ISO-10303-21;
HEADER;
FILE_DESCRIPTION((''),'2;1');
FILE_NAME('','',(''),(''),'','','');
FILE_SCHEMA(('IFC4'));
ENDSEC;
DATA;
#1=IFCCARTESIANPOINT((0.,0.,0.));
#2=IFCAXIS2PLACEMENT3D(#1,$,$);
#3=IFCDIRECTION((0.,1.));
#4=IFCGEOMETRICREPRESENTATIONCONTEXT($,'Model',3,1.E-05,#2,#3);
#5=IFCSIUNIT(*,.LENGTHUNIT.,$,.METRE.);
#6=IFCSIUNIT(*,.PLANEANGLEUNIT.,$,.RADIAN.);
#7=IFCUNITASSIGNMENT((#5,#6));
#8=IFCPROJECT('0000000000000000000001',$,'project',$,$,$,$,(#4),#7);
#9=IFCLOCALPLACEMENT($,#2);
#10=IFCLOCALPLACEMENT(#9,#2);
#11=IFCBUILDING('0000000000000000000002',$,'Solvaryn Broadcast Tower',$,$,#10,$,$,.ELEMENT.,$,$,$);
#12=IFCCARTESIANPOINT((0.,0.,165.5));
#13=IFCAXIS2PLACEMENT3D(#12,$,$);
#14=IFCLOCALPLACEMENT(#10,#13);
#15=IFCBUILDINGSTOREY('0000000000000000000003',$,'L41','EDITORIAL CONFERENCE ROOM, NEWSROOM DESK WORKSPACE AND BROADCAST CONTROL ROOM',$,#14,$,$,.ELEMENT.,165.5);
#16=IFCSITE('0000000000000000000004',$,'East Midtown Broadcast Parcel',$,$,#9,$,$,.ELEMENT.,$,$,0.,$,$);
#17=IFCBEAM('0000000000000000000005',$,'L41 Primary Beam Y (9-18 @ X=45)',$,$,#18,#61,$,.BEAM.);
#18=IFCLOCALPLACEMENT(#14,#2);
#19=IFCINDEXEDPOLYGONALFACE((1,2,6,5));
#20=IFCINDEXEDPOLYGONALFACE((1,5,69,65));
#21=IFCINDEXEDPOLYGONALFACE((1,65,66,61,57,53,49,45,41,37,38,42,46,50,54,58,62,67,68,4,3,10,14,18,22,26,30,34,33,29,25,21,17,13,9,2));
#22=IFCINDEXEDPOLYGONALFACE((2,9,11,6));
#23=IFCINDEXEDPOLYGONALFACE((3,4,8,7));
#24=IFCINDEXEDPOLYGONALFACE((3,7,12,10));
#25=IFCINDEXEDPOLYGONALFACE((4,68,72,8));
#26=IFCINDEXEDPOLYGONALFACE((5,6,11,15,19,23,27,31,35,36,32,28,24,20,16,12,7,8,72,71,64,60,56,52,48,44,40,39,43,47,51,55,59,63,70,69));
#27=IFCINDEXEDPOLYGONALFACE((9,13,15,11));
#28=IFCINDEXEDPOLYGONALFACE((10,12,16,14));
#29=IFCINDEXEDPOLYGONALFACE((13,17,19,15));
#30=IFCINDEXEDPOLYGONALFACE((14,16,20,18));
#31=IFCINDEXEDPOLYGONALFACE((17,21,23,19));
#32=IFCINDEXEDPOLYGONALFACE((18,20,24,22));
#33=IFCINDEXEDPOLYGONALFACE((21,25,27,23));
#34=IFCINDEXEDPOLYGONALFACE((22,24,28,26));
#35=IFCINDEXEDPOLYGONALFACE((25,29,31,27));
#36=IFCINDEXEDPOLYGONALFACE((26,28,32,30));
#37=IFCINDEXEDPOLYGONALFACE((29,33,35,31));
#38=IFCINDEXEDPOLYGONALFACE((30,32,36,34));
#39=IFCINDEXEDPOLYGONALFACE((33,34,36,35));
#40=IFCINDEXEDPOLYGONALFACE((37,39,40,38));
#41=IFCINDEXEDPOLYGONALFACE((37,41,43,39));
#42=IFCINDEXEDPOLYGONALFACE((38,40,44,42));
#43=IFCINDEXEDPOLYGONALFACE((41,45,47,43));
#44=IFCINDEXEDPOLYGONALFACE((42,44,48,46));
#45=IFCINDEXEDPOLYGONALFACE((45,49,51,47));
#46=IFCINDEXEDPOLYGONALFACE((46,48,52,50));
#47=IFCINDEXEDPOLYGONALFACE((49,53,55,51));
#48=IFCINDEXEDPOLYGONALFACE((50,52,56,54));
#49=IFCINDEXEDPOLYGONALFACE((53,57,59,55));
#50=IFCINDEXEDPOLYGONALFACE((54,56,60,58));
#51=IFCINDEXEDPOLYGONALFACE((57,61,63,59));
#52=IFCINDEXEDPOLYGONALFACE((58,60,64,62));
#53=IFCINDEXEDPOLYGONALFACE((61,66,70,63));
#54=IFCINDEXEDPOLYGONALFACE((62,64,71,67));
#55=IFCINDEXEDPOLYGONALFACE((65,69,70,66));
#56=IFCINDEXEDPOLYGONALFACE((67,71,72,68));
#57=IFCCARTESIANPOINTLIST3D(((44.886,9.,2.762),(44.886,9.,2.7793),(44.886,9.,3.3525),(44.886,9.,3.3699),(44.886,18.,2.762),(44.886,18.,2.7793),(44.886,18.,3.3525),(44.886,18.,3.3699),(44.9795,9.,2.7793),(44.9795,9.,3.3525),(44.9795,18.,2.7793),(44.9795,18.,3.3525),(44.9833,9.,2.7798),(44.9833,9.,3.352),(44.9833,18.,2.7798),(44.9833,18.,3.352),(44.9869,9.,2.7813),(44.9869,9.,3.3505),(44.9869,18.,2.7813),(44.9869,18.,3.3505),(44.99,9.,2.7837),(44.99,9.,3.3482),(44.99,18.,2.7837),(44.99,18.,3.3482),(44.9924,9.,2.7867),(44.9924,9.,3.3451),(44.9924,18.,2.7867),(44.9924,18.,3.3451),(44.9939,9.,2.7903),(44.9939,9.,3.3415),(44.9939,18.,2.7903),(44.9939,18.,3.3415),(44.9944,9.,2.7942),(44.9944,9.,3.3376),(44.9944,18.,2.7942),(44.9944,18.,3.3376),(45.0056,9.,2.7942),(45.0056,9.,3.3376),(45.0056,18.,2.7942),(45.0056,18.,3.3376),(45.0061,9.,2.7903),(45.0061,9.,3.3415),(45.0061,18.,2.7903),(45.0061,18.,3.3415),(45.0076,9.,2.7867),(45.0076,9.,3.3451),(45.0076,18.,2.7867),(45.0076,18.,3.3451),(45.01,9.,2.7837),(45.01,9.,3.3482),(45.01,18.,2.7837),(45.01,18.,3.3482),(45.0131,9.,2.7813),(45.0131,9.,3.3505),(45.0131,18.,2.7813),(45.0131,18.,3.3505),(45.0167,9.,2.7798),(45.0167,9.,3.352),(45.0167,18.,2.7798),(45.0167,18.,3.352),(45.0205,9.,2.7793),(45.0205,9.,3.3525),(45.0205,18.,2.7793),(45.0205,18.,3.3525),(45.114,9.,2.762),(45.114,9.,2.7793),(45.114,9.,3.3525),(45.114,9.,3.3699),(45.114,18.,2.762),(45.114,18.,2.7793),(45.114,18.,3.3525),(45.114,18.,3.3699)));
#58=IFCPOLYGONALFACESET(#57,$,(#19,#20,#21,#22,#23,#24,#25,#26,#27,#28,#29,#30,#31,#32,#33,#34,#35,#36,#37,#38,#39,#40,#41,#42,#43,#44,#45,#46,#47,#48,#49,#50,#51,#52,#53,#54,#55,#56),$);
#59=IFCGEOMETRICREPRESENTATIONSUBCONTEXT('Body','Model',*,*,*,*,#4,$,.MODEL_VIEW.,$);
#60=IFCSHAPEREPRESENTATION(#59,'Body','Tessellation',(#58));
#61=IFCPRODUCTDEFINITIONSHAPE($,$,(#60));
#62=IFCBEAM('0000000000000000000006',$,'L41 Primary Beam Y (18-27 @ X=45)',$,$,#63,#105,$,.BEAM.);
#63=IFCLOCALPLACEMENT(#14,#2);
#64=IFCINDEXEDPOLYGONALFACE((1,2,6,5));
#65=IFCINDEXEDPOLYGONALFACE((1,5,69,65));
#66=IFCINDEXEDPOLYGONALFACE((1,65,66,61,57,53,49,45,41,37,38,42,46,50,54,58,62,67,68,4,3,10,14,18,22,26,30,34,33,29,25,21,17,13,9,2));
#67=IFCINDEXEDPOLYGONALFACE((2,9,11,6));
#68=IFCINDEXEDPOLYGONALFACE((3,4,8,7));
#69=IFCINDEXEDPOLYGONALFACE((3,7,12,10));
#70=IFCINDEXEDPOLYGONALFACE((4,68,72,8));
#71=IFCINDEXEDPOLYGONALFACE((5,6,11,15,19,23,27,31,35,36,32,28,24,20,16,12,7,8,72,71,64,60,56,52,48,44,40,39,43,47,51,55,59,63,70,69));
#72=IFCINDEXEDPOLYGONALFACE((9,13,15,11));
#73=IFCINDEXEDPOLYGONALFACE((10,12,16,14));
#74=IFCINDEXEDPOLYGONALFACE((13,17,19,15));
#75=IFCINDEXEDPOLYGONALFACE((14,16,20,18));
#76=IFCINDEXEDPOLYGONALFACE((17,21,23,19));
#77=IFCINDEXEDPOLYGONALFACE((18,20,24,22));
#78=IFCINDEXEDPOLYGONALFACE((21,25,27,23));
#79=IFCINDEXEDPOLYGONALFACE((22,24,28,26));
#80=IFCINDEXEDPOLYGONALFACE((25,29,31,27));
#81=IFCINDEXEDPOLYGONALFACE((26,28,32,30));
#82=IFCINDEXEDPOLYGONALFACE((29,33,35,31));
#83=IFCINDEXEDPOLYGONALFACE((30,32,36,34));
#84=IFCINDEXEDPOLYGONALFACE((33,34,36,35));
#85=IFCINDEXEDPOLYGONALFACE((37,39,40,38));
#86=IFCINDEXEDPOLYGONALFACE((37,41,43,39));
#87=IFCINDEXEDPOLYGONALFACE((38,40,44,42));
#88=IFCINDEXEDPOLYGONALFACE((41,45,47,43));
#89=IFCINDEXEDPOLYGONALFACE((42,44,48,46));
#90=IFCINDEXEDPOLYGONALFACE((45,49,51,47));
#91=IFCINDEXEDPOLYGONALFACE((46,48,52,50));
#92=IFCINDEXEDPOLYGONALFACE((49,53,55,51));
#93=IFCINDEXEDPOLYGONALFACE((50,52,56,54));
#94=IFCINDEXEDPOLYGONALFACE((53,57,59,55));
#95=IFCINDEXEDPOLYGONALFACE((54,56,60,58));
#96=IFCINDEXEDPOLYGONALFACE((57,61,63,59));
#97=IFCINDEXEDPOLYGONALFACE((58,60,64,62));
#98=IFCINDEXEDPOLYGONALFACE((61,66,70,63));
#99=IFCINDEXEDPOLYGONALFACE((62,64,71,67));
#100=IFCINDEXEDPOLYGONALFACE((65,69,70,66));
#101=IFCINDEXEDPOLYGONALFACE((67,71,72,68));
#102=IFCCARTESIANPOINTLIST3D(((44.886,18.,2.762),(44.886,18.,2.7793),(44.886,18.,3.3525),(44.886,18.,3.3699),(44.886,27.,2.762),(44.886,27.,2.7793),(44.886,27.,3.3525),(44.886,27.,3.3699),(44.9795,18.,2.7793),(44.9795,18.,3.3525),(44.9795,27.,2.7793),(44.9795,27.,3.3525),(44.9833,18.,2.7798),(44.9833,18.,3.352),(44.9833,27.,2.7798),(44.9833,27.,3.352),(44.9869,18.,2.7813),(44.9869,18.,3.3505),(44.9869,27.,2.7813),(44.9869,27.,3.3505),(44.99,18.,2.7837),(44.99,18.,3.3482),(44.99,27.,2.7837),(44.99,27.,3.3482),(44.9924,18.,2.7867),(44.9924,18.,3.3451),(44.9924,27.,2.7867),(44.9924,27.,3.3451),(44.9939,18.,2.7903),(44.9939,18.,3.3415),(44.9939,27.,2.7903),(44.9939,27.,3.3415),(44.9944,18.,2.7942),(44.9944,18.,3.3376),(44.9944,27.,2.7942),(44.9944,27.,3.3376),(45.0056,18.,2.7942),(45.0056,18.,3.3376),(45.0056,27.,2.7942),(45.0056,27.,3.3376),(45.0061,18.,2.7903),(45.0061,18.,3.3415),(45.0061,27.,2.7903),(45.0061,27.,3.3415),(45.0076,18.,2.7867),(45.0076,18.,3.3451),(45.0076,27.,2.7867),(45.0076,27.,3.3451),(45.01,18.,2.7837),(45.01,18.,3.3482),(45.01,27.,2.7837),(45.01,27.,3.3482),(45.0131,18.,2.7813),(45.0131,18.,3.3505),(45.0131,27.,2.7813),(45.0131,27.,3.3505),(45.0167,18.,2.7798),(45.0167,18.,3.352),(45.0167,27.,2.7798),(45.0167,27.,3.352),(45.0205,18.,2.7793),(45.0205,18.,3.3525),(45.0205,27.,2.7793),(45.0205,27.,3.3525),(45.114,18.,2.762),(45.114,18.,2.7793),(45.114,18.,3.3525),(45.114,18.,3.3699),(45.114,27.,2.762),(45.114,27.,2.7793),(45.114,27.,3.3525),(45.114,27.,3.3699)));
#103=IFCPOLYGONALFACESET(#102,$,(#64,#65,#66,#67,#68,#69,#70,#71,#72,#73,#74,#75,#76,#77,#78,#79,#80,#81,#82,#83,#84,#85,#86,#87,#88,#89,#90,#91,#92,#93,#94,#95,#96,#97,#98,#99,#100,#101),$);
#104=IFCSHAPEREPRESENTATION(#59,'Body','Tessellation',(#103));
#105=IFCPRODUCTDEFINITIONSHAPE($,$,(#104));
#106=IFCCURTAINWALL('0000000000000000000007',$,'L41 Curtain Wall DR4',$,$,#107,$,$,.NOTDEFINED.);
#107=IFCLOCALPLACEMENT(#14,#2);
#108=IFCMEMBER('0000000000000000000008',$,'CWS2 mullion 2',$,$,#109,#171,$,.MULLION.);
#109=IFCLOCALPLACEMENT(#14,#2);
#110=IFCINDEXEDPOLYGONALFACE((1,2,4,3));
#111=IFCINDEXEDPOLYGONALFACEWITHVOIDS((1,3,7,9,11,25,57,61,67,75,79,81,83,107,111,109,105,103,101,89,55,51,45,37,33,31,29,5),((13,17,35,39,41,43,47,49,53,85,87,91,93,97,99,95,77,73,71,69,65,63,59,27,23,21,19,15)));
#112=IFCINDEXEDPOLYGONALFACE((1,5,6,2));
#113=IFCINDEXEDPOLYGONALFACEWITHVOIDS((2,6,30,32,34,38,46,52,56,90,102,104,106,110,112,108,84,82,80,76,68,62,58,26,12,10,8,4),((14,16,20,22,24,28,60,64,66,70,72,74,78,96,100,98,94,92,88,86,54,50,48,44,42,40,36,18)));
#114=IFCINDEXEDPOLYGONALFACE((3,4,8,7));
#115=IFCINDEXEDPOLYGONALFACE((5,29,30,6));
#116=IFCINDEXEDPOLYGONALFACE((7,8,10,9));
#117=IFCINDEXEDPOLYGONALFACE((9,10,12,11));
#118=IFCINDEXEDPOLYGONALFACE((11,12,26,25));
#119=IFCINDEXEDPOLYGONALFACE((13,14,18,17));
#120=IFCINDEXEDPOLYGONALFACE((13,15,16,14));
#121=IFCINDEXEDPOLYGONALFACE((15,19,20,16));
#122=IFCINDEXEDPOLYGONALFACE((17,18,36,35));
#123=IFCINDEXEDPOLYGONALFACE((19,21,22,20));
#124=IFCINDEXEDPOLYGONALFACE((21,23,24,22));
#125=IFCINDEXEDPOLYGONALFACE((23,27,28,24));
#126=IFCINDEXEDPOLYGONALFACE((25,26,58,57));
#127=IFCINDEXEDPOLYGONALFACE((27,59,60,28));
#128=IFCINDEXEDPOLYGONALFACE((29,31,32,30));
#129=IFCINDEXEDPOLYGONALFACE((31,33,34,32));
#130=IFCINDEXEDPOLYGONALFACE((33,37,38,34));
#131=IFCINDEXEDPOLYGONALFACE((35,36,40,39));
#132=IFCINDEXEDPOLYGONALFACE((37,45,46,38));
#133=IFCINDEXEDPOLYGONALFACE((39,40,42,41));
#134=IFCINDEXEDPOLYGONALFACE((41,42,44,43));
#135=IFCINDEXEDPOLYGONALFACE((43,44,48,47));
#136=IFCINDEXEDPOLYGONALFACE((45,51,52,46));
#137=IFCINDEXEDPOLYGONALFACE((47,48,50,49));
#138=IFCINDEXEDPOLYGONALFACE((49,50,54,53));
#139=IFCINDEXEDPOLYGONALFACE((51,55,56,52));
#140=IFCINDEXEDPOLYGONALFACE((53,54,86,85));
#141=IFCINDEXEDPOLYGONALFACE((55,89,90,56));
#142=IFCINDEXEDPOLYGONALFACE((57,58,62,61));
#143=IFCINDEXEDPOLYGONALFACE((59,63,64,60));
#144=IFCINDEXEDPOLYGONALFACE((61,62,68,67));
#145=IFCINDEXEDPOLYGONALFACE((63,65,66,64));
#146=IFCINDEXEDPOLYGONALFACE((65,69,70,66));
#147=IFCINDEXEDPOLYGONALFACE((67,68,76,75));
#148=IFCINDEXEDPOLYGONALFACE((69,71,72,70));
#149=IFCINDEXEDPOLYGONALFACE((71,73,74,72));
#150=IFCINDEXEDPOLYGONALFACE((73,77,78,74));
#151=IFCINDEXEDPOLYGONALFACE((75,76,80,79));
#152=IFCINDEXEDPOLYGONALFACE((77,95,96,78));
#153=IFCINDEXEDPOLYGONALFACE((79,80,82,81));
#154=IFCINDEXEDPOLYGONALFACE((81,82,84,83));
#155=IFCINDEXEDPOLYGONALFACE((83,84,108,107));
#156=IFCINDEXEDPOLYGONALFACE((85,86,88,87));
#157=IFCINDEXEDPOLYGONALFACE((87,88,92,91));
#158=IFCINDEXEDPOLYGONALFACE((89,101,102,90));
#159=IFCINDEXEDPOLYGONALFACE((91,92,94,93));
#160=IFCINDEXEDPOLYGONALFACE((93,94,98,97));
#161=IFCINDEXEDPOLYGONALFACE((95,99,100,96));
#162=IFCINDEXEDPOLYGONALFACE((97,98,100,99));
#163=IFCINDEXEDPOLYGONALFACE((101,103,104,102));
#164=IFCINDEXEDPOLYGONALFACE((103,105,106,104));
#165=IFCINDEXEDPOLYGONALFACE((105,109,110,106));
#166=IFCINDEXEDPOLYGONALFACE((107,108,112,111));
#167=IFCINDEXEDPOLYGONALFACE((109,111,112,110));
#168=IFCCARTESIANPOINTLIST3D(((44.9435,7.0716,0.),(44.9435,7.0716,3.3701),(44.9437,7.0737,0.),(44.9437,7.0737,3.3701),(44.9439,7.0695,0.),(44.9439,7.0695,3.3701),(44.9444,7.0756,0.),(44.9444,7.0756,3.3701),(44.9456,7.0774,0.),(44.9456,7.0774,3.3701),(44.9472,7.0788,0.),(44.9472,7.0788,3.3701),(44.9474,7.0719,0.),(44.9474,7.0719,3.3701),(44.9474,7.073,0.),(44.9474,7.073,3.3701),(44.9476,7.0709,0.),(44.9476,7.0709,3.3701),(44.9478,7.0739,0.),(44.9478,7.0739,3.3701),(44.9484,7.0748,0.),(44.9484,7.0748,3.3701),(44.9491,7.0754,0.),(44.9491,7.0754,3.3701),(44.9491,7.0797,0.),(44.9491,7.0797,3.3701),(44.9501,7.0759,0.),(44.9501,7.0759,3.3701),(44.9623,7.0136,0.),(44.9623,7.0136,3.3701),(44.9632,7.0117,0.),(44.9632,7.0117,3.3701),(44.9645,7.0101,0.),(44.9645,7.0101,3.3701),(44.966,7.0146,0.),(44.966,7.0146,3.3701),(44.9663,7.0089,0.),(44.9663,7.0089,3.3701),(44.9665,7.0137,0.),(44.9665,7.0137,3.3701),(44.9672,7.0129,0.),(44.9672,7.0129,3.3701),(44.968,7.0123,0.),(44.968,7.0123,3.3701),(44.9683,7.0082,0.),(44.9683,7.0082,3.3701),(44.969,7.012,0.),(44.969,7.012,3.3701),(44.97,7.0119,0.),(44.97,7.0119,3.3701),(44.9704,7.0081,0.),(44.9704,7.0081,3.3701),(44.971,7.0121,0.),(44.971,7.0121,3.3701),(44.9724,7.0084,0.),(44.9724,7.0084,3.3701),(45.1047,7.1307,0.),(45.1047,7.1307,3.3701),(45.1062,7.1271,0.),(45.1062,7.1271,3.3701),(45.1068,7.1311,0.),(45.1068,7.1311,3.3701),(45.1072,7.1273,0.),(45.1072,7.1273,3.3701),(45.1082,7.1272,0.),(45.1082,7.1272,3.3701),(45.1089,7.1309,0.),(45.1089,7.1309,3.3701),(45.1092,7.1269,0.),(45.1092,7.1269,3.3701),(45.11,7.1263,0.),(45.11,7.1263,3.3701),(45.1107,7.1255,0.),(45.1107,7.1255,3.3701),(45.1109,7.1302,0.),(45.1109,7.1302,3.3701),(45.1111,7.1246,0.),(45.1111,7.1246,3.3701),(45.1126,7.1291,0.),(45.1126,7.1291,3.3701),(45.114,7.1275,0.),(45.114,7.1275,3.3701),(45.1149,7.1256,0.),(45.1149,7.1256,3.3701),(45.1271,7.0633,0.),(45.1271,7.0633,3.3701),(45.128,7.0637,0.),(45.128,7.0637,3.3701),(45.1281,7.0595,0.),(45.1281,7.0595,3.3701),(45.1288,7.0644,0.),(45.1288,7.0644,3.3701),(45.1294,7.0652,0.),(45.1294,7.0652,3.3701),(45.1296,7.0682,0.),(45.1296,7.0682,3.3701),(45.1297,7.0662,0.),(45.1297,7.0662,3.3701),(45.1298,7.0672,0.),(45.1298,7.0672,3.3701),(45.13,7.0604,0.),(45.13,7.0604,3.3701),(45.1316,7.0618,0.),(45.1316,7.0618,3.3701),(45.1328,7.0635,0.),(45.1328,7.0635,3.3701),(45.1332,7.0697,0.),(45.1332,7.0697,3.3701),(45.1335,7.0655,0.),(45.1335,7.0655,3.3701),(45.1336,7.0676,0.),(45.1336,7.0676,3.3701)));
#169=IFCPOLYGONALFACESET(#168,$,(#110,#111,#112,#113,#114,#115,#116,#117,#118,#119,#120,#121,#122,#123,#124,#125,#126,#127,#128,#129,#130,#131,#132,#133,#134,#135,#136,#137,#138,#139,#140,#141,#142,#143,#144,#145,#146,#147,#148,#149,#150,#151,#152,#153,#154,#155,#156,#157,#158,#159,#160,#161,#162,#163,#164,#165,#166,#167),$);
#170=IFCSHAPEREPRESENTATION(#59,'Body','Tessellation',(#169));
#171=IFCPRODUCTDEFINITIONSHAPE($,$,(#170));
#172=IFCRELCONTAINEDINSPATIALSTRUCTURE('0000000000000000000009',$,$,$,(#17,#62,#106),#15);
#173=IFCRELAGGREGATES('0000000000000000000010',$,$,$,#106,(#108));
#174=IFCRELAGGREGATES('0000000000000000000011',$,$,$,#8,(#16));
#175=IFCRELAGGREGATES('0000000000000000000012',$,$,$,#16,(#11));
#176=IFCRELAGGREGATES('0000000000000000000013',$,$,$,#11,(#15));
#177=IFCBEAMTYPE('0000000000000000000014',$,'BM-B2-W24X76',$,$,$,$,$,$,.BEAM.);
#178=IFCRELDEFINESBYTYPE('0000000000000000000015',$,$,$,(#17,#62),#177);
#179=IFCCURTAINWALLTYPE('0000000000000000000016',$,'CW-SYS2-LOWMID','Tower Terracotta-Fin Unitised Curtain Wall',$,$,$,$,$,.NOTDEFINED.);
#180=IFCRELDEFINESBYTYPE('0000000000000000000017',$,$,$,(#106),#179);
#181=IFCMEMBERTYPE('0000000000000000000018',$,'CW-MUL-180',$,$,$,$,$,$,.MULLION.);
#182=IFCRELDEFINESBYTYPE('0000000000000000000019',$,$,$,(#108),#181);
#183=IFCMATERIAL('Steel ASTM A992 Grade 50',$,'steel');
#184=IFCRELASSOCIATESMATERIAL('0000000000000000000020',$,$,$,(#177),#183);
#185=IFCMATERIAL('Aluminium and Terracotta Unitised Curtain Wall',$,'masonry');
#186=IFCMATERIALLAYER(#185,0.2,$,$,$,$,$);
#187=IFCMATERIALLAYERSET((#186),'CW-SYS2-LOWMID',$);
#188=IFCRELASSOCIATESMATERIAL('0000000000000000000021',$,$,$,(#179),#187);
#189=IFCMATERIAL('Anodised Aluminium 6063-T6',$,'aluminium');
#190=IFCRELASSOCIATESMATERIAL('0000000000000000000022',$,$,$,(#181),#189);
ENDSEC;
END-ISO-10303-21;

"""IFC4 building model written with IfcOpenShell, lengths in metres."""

from ifc_helpers import new_model, si_unit, direction, frame, origin, origin_2d, place, context, subcontext, project, spatial, hollow_rectangle, i_section, extrude, material, layer, layer_set, material_profile, profile_set, type_object, element, aggregate, save


model = new_model("IFC4")

# Units and contexts
model_context = context("Model", 3, precision=1e-05, world=origin(), true_north=direction((0.0, 1.0)))
body_context = subcontext(model_context, "Body", "Model", "MODEL_VIEW")
ifc_project = project(units=[si_unit("LENGTHUNIT", "METRE"), si_unit("PLANEANGLEUNIT", "RADIAN")], contexts=[model_context])

# Site, building, storey
site_placement = place(None, origin())
site = spatial("IfcSite", under=ifc_project, at=site_placement, Name="East Midtown Broadcast Parcel", CompositionType="ELEMENT", RefElevation=0.0)
building_placement = place(site_placement, origin())
building = spatial("IfcBuilding", under=site, at=building_placement, Name="Solvaryn Broadcast Tower", CompositionType="ELEMENT")
storey_placement = place(building_placement, frame((0.0, 0.0, 165.5)))
storey = spatial("IfcBuildingStorey", under=building, at=storey_placement, Name="L41", Description="EDITORIAL CONFERENCE ROOM, NEWSROOM DESK WORKSPACE AND BROADCAST CONTROL ROOM", CompositionType="ELEMENT", Elevation=165.5)

# Beams
ifc_material_1 = material(Name="Steel ASTM A992 Grade 50", Category="steel")
ifc_material_profile_1 = material_profile(ifc_material_1, i_section(OverallWidth=0.228, OverallDepth=0.6079, WebThickness=0.0112, FlangeThickness=0.0173, FilletRadius=0.0149, at=origin_2d()))
ifc_profile_set_1 = profile_set([ifc_material_profile_1], Name="Steel ASTM A992 Grade 50")
beam_type_1 = type_object("IfcBeamType", Name="BM-B2-W24X76", PredefinedType="BEAM", material=ifc_profile_set_1)
for number, where, z_axis, x_axis, name in (
    (1, (45.0, 9.0, 3.0659), (0.0, 1.0, 0.0), (-1.0, 0.0, 0.0), "L41 Primary Beam Y (9-18 @ X=45)"),
    (2, (45.0, 18.0, 3.0659), (0.0, 1.0, 0.0), (-1.0, 0.0, 0.0), "L41 Primary Beam Y (18-27 @ X=45)"),
):
    element("IfcBeam", number, at=place(storey_placement, frame(where, z_axis=z_axis, x_axis=x_axis)), inside=storey, type_object=beam_type_1, Name=name, PredefinedType="BEAM", context=body_context, shape_type="SweptSolid", body=[
        extrude(i_section(OverallWidth=0.228, OverallDepth=0.6079, WebThickness=0.0112, FlangeThickness=0.0173, FilletRadius=0.0149, at=origin_2d()), origin(), (0.0, 0.0, 1.0), 9.0),
    ])

# Curtain wall, member
ifc_material_2 = material(Name="Aluminium and Terracotta Unitised Curtain Wall", Category="masonry")
ifc_layer_1 = layer(ifc_material_2, 0.2)
ifc_layer_set_1 = layer_set([ifc_layer_1], Name="CW-SYS2-LOWMID")
curtain_wall_type = type_object("IfcCurtainWallType", Name="CW-SYS2-LOWMID", Description="Tower Terracotta-Fin Unitised Curtain Wall", PredefinedType="NOTDEFINED", material=ifc_layer_set_1)
curtain_wall_1_placement = place(storey_placement, origin())
curtain_wall_1 = element("IfcCurtainWall", 3, at=curtain_wall_1_placement, inside=storey, type_object=curtain_wall_type, Name="L41 Curtain Wall DR4", PredefinedType="NOTDEFINED")
ifc_material_3 = material(Name="Anodised Aluminium 6063-T6", Category="aluminium")
ifc_material_profile_2 = material_profile(ifc_material_3, hollow_rectangle(XDim=0.075, YDim=0.1799, WallThickness=0.0039, InnerFilletRadius=0.0039, OuterFilletRadius=0.0081, at=origin_2d()))
ifc_profile_set_2 = profile_set([ifc_material_profile_2], Name="Anodised Aluminium 6063-T6")
member_type_1 = type_object("IfcMemberType", Name="CW-MUL-180", PredefinedType="MULLION", material=ifc_profile_set_2)
member_1_placement = place(storey_placement, frame((45.0386, 7.0696, 0.0), z_axis=(0.0, 0.0, 1.0), x_axis=(-0.311646, 0.950198, 0.0)))
member_1 = element("IfcMember", 4, at=member_1_placement, type_object=member_type_1, Name="CWS2 mullion 2", PredefinedType="MULLION", context=body_context, shape_type="SweptSolid", body=[
    extrude(hollow_rectangle(XDim=0.075, YDim=0.1799, WallThickness=0.0039, InnerFilletRadius=0.0039, OuterFilletRadius=0.0081, at=origin_2d()), origin(), (0.0, 0.0, 1.0), 3.3701),
])
aggregate(curtain_wall_1, [member_1])

save(model, "model.ifc")
